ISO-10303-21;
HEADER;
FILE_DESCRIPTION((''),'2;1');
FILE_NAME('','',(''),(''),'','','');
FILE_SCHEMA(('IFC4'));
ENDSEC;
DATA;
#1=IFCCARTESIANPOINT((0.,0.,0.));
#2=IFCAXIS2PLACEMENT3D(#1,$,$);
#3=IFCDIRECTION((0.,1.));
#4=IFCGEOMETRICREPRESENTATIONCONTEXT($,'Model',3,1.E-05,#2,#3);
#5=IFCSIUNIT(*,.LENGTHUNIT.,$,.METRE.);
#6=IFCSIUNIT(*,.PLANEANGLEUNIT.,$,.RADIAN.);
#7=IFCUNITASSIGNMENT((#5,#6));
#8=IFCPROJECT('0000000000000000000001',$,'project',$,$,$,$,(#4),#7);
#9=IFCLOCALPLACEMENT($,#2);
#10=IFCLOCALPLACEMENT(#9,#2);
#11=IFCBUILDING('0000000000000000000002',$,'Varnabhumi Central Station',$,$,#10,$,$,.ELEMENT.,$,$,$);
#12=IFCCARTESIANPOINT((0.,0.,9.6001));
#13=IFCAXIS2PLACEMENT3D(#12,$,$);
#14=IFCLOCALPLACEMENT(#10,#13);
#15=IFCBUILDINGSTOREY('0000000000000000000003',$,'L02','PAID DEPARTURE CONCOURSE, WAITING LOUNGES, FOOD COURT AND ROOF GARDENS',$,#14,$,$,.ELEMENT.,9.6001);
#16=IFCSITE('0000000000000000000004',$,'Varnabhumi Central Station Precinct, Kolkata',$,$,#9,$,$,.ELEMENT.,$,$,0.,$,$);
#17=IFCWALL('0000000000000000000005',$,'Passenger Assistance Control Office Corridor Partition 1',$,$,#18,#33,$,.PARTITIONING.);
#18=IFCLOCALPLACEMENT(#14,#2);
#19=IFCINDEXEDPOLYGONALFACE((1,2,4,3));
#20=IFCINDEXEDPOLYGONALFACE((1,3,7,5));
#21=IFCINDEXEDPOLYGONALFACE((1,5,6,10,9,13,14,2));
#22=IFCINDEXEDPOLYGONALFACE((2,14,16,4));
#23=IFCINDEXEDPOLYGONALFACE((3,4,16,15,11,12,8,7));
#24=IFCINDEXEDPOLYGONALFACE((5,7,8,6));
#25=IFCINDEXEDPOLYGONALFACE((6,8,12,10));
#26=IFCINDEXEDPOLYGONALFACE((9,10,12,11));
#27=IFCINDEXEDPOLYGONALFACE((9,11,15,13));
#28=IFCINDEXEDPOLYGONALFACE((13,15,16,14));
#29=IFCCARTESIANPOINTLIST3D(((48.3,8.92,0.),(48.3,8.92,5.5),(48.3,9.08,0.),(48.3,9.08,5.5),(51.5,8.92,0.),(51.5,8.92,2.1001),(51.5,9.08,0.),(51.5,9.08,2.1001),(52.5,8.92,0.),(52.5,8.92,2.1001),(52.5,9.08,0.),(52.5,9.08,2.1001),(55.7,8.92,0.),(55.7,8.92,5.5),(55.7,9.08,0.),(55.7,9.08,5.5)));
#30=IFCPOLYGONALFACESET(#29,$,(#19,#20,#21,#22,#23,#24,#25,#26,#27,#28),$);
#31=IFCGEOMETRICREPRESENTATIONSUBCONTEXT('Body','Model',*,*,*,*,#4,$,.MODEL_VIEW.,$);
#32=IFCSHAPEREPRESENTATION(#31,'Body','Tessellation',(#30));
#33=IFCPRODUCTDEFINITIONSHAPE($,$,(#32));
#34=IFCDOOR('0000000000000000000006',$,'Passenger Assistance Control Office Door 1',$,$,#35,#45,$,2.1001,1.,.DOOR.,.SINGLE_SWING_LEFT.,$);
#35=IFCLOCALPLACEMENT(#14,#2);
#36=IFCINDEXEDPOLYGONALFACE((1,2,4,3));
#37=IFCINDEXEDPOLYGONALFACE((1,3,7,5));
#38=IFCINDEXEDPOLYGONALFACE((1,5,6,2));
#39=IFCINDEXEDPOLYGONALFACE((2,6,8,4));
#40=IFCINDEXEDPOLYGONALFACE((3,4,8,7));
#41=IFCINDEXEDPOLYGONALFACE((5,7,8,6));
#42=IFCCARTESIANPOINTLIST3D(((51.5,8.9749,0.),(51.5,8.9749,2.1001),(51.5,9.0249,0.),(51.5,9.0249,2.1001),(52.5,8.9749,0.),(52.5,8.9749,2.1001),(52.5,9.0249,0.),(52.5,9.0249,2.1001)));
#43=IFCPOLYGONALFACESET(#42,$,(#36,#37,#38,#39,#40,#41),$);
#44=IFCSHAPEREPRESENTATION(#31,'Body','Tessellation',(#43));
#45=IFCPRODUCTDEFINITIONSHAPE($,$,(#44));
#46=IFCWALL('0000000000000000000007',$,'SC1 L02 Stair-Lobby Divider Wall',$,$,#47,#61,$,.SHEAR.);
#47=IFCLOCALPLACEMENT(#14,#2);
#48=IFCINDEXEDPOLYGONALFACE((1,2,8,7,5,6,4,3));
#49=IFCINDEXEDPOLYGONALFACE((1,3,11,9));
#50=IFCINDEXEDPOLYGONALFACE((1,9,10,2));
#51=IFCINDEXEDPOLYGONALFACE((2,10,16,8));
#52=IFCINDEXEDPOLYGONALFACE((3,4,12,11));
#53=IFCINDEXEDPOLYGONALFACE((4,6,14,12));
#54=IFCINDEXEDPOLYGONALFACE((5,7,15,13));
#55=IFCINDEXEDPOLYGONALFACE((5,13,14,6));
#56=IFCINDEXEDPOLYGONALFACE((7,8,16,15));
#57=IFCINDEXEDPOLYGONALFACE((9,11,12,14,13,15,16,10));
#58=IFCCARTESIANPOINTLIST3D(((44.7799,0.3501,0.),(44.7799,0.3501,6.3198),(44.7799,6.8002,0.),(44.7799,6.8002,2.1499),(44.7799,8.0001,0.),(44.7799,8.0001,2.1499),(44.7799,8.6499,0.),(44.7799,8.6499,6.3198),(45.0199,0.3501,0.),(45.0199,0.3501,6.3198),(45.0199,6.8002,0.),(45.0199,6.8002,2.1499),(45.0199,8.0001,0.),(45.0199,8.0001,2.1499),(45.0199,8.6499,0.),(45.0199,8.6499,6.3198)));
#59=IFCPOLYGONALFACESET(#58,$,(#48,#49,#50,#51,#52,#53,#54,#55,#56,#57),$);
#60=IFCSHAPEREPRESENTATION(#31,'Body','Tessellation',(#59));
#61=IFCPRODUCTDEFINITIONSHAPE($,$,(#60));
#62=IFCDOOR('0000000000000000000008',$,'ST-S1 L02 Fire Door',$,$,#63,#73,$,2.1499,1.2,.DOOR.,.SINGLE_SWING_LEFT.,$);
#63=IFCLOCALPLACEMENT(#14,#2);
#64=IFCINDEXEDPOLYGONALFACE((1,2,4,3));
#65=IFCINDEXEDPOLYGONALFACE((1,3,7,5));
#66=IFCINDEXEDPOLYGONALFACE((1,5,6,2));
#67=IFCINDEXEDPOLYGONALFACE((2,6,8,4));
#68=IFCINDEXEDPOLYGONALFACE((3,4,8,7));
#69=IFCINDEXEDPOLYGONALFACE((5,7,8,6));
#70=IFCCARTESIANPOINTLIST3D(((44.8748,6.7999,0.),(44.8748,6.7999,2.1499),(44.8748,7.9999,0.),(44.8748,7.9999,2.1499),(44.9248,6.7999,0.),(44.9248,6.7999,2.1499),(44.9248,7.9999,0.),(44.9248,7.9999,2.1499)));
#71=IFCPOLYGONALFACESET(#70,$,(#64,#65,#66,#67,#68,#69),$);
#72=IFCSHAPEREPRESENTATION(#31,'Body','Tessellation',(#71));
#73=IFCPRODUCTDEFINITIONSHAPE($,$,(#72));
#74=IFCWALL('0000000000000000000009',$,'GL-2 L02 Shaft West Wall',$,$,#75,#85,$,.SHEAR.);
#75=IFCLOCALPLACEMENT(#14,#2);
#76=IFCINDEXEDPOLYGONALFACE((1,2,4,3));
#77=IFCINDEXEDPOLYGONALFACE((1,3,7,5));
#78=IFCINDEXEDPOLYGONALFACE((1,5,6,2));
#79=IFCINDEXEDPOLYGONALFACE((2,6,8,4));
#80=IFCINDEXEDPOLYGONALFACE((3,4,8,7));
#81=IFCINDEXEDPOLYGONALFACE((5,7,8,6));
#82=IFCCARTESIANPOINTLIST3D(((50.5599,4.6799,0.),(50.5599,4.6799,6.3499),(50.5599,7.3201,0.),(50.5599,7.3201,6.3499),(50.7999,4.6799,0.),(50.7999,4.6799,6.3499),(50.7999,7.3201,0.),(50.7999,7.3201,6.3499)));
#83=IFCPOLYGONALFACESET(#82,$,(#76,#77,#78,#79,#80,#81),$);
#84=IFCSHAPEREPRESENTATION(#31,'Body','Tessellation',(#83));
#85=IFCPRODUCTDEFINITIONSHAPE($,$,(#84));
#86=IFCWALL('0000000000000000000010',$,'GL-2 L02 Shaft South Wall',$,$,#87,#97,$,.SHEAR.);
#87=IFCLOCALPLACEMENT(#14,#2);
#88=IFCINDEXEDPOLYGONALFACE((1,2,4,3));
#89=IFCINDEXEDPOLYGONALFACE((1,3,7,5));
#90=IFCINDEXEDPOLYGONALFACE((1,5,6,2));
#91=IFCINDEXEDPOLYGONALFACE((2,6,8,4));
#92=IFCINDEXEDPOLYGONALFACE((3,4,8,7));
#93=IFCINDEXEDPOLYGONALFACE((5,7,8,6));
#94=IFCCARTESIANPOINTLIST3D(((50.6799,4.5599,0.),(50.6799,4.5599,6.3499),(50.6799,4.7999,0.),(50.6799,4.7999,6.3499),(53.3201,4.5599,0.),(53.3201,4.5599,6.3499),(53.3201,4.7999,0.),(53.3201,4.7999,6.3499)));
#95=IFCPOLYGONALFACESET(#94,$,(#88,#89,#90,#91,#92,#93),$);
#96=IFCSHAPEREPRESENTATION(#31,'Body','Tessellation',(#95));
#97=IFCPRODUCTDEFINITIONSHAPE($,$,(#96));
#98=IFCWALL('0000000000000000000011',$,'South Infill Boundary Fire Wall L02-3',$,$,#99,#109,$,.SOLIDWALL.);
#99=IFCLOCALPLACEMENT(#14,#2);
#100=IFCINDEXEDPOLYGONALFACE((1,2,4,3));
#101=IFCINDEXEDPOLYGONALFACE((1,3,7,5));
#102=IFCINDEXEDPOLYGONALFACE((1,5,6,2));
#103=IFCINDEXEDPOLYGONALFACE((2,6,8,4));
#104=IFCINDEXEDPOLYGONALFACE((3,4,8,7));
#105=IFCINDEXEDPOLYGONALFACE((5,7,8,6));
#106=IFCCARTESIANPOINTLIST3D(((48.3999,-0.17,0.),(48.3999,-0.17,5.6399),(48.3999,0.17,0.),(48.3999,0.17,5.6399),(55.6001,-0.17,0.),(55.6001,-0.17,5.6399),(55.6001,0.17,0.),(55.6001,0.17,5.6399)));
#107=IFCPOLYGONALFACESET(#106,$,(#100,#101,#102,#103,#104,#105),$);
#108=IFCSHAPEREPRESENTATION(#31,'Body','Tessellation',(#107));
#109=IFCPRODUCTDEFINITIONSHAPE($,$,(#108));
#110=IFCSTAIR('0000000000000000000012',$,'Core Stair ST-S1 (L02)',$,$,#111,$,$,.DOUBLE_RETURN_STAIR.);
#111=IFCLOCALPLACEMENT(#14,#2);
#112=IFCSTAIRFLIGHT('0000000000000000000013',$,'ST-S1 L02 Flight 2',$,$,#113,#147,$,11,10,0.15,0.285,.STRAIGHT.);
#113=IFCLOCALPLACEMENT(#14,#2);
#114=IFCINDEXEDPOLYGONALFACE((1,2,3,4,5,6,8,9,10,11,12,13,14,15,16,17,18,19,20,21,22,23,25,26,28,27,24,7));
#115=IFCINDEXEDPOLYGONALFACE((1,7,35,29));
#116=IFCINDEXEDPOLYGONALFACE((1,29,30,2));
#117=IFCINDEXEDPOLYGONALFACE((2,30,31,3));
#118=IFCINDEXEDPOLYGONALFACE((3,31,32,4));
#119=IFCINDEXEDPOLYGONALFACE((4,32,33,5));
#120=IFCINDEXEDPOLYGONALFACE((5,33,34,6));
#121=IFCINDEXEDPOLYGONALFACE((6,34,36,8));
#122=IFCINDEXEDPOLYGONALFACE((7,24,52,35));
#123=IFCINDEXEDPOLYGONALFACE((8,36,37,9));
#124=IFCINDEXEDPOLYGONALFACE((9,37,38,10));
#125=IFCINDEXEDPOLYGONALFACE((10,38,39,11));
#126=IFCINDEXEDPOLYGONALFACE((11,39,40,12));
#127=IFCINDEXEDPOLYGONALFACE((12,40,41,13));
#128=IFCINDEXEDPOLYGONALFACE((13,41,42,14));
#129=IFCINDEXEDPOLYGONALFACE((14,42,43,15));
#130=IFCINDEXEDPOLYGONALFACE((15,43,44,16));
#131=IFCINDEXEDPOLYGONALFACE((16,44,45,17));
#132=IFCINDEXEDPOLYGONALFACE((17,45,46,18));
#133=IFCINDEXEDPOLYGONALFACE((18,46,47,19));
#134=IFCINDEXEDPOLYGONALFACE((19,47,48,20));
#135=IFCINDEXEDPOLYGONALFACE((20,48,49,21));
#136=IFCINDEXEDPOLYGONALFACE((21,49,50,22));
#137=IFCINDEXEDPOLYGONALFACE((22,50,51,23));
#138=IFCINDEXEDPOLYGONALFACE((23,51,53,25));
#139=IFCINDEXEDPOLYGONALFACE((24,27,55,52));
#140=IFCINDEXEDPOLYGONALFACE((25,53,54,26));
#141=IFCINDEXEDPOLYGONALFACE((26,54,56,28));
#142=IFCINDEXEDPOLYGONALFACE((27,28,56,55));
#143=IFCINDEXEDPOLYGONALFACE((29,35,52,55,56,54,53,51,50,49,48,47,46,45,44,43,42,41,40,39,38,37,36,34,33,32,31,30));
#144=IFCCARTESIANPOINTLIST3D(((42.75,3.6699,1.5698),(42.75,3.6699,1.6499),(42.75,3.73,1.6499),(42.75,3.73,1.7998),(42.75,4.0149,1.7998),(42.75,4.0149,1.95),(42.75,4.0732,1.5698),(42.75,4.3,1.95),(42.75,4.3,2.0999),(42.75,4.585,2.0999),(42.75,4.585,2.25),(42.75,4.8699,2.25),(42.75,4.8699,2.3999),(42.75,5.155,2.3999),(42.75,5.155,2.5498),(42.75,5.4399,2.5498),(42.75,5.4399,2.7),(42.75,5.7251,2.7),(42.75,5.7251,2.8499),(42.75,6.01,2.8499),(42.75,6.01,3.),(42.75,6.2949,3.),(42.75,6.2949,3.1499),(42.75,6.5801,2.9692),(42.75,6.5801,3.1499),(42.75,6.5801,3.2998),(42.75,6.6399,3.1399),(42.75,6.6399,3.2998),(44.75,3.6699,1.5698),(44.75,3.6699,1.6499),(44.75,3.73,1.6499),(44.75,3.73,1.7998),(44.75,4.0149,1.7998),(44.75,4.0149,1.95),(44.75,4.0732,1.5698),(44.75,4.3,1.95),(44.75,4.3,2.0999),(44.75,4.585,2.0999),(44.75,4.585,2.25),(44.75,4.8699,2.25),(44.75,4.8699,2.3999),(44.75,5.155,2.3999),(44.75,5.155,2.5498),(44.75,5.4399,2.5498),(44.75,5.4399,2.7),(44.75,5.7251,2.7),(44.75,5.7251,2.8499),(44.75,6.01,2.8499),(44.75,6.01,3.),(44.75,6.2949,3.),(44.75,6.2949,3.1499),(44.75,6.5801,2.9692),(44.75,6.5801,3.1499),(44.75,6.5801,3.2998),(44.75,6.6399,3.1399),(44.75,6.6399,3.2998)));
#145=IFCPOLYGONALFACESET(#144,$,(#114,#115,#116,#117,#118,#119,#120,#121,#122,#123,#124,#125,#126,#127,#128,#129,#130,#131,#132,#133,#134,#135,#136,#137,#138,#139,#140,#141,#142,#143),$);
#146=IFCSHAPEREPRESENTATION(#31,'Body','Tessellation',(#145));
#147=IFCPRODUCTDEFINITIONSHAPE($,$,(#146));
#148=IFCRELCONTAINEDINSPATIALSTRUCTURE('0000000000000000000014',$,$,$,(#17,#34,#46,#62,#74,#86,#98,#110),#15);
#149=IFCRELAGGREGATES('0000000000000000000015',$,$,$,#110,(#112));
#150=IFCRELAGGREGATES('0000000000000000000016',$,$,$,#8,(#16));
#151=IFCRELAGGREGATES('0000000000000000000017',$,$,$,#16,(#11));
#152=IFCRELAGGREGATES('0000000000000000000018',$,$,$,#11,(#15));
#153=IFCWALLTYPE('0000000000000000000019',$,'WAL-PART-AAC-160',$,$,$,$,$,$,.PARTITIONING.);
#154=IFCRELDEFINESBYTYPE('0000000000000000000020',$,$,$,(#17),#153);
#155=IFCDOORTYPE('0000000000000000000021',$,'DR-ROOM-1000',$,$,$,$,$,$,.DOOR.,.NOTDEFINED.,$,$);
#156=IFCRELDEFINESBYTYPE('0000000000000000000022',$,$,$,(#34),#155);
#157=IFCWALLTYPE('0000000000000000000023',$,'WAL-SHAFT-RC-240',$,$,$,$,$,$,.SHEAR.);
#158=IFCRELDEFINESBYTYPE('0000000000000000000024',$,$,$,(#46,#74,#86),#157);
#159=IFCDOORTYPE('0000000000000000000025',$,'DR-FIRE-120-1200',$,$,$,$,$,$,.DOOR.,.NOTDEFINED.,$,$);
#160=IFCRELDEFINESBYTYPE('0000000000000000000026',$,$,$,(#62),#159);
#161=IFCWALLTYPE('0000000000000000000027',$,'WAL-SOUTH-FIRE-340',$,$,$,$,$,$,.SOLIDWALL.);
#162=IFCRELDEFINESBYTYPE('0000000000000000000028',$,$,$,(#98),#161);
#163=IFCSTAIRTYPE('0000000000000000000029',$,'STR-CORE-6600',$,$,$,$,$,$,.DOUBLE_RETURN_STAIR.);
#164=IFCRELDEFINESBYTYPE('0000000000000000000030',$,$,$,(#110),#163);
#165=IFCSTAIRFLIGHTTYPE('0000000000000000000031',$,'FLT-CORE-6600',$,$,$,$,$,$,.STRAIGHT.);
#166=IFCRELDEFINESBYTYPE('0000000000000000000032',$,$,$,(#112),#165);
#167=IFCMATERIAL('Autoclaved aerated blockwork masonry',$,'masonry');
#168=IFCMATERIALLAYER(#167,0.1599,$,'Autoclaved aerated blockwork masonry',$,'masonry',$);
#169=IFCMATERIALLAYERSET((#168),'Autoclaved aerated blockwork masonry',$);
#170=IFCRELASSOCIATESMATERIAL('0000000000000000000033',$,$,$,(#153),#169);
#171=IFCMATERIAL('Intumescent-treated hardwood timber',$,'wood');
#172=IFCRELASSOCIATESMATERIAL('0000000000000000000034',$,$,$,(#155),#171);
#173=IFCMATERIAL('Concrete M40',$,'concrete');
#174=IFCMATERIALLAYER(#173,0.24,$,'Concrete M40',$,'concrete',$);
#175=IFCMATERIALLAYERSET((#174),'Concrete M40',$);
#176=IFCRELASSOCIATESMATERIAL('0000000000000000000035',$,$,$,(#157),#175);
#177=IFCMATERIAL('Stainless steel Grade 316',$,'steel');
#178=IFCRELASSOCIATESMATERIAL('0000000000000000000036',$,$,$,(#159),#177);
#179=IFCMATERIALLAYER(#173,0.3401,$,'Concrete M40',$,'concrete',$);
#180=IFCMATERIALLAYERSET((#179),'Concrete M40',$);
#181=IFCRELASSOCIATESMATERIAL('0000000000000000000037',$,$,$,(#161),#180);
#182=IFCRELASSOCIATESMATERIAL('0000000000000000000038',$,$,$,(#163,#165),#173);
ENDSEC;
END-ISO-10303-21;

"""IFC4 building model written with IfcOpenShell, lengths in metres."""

from ifc_helpers import new_model, si_unit, direction, frame, frame_2d, origin, place, context, subcontext, project, spatial, polyline, rectangle, outline, extrude, material, layer, layer_set, type_object, element, fill, aggregate, save


model = new_model("IFC4")

# Units and contexts
model_context = context("Model", 3, precision=1e-05, world=origin(), true_north=direction((0.0, 1.0)))
body_context = subcontext(model_context, "Body", "Model", "MODEL_VIEW")
ifc_project = project(units=[si_unit("LENGTHUNIT", "METRE"), si_unit("PLANEANGLEUNIT", "RADIAN")], contexts=[model_context])

# Site, building, storey
site_placement = place(None, origin())
site = spatial("IfcSite", under=ifc_project, at=site_placement, Name="Varnabhumi Central Station Precinct, Kolkata", CompositionType="ELEMENT", RefElevation=0.0)
building_placement = place(site_placement, origin())
building = spatial("IfcBuilding", under=site, at=building_placement, Name="Varnabhumi Central Station", CompositionType="ELEMENT")
storey_placement = place(building_placement, frame((0.0, 0.0, 9.6001)))
storey = spatial("IfcBuildingStorey", under=building, at=storey_placement, Name="L02", Description="PAID DEPARTURE CONCOURSE, WAITING LOUNGES, FOOD COURT AND ROOF GARDENS", CompositionType="ELEMENT", Elevation=9.6001)

# Shared definitions
ifc_material_1 = material(Name="Concrete M40", Category="concrete")

# Shared definitions
ifc_material_2 = material(Name="Autoclaved aerated blockwork masonry", Category="masonry")
ifc_layer_1 = layer(ifc_material_2, 0.1599, Name="Autoclaved aerated blockwork masonry", Category="masonry")
ifc_layer_set_1 = layer_set([ifc_layer_1], Name="Autoclaved aerated blockwork masonry")
wall_type_1 = type_object("IfcWallType", Name="WAL-PART-AAC-160", PredefinedType="PARTITIONING", material=ifc_layer_set_1)

# Walls, openings, doors
wall_1_placement = place(storey_placement, frame((48.3, 9.0, 0.0), z_axis=(0.0, 0.0, 1.0), x_axis=(1.0, 0.0, 0.0)))
wall_1 = element("IfcWall", 1, at=wall_1_placement, inside=storey, type_object=wall_type_1, Name="Passenger Assistance Control Office Corridor Partition 1", PredefinedType="PARTITIONING", context=body_context, shape_type="SweptSolid", body=[
    extrude(rectangle(XDim=7.3999, YDim=0.1599, at=frame_2d((3.7, 0.0))), origin(), (0.0, 0.0, 1.0), 5.5),
])
opening_1_placement = place(wall_1_placement, frame((3.2, 0.0, 0.0)))
opening_1 = element("IfcOpeningElement", 2, at=opening_1_placement, cuts=wall_1, PredefinedType="OPENING", context=body_context, shape_type="SweptSolid", body=[
    extrude(rectangle(XDim=1.0, YDim=2.1001, at=frame_2d((0.5, 1.05))), frame((0.0, 0.0898, 0.0), z_axis=(0.0, -1.0, 0.0), x_axis=(1.0, 0.0, 0.0)), (0.0, 0.0, 1.0), 0.1799),
])
ifc_material_3 = material(Name="Intumescent-treated hardwood timber", Category="wood")
door_type_1 = type_object("IfcDoorType", Name="DR-ROOM-1000", OperationType="NOTDEFINED", PredefinedType="DOOR", material=ifc_material_3)
door_1_placement = place(opening_1_placement, origin())
door_1 = element("IfcDoor", 3, at=door_1_placement, inside=storey, type_object=door_type_1, Name="Passenger Assistance Control Office Door 1", OperationType="SINGLE_SWING_LEFT", OverallHeight=2.1001, OverallWidth=1.0, PredefinedType="DOOR", context=body_context, shape_type="SweptSolid", body=[
    extrude(rectangle(XDim=1.0, YDim=2.1001, at=frame_2d((0.5, 1.05))), frame((0.0, 0.0249, 0.0), z_axis=(0.0, -1.0, 0.0), x_axis=(1.0, 0.0, 0.0)), (0.0, 0.0, 1.0), 0.05),
])
fill(opening_1, door_1)
ifc_layer_2 = layer(ifc_material_1, 0.24, Name="Concrete M40", Category="concrete")
ifc_layer_set_2 = layer_set([ifc_layer_2], Name="Concrete M40")
wall_type_2 = type_object("IfcWallType", Name="WAL-SHAFT-RC-240", PredefinedType="SHEAR", material=ifc_layer_set_2)
wall_2_placement = place(storey_placement, frame((44.8999, 0.3501, 0.0), z_axis=(0.0, 0.0, 1.0), x_axis=(0.0, 1.0, 0.0)))
wall_2 = element("IfcWall", 4, at=wall_2_placement, inside=storey, type_object=wall_type_2, Name="SC1 L02 Stair-Lobby Divider Wall", PredefinedType="SHEAR", context=body_context, shape_type="SweptSolid", body=[
    extrude(rectangle(XDim=8.2998, YDim=0.24, at=frame_2d((4.1499, 0.0))), origin(), (0.0, 0.0, 1.0), 6.3198),
])
opening_2_placement = place(wall_2_placement, frame((6.45, 0.0, 0.0)))
opening_2 = element("IfcOpeningElement", 5, at=opening_2_placement, cuts=wall_2, PredefinedType="OPENING", context=body_context, shape_type="SweptSolid", body=[
    extrude(rectangle(XDim=1.2, YDim=2.1499, at=frame_2d((0.6001, 1.075))), frame((0.0, 0.1299, 0.0), z_axis=(0.0, -1.0, 0.0), x_axis=(1.0, 0.0, 0.0)), (0.0, 0.0, 1.0), 0.26),
])
ifc_material_4 = material(Name="Stainless steel Grade 316", Category="steel")
door_type_2 = type_object("IfcDoorType", Name="DR-FIRE-120-1200", OperationType="NOTDEFINED", PredefinedType="DOOR", material=ifc_material_4)
door_2_placement = place(opening_2_placement, frame((1.2, 0.0, 0.0), z_axis=(0.0, 0.0, 1.0), x_axis=(-1.0, 0.0, 0.0)))
door_2 = element("IfcDoor", 6, at=door_2_placement, inside=storey, type_object=door_type_2, Name="ST-S1 L02 Fire Door", OperationType="SINGLE_SWING_LEFT", OverallHeight=2.1499, OverallWidth=1.2, PredefinedType="DOOR", context=body_context, shape_type="SweptSolid", body=[
    extrude(rectangle(XDim=1.2, YDim=2.1499, at=frame_2d((0.6001, 1.075))), frame((0.0, 0.0249, 0.0), z_axis=(0.0, -1.0, 0.0), x_axis=(1.0, 0.0, 0.0)), (0.0, 0.0, 1.0), 0.05),
])
fill(opening_2, door_2)

# Walls
for number, where, z_axis, x_axis, name in (
    (7, (50.6799, 4.6799, 0.0), (0.0, 0.0, 1.0), (0.0, 1.0, 0.0), "GL-2 L02 Shaft West Wall"),
    (8, (50.6799, 4.6799, 0.0), (0.0, 0.0, 1.0), (1.0, 0.0, 0.0), "GL-2 L02 Shaft South Wall"),
):
    element("IfcWall", number, at=place(storey_placement, frame(where, z_axis=z_axis, x_axis=x_axis)), inside=storey, type_object=wall_type_2, Name=name, PredefinedType="SHEAR", context=body_context, shape_type="SweptSolid", body=[
        extrude(rectangle(XDim=2.6401, YDim=0.24, at=frame_2d((1.3201, 0.0))), origin(), (0.0, 0.0, 1.0), 6.3499),
    ])
ifc_layer_3 = layer(ifc_material_1, 0.3401, Name="Concrete M40", Category="concrete")
ifc_layer_set_3 = layer_set([ifc_layer_3], Name="Concrete M40")
wall_type_3 = type_object("IfcWallType", Name="WAL-SOUTH-FIRE-340", PredefinedType="SOLIDWALL", material=ifc_layer_set_3)
wall_3_placement = place(storey_placement, frame((48.3999, 0.0, 0.0), z_axis=(0.0, 0.0, 1.0), x_axis=(1.0, 0.0, 0.0)))
element("IfcWall", 9, at=wall_3_placement, inside=storey, type_object=wall_type_3, Name="South Infill Boundary Fire Wall L02-3", PredefinedType="SOLIDWALL", context=body_context, shape_type="SweptSolid", body=[
    extrude(rectangle(XDim=7.2002, YDim=0.3401, at=frame_2d((3.6001, 0.0))), origin(), (0.0, 0.0, 1.0), 5.6399),
])

# Stair, stair flight
stair_type = type_object("IfcStairType", Name="STR-CORE-6600", PredefinedType="DOUBLE_RETURN_STAIR", material=ifc_material_1)
stair_placement = place(storey_placement, origin())
stair = element("IfcStair", 10, at=stair_placement, inside=storey, type_object=stair_type, Name="Core Stair ST-S1 (L02)", PredefinedType="DOUBLE_RETURN_STAIR")
stair_flight_type = type_object("IfcStairFlightType", Name="FLT-CORE-6600", PredefinedType="STRAIGHT", material=ifc_material_1)
stair_flight_1_placement = place(storey_placement, frame((43.75, 3.73, 1.6499), z_axis=(0.0, 0.0, 1.0), x_axis=(0.0, 1.0, 0.0)))
stair_flight_1 = element("IfcStairFlight", 11, at=stair_flight_1_placement, type_object=stair_flight_type, Name="ST-S1 L02 Flight 2", NumberOfRisers=11, NumberOfTreads=10, PredefinedType="STRAIGHT", RiserHeight=0.15, TreadLength=0.285, context=body_context, shape_type="SweptSolid", body=[
    extrude(outline(polyline([(-0.0601, -0.0801), (-0.0601, 0.0), (0.0, 0.0), (0.0, 0.1499), (0.2849, 0.1499), (0.2849, 0.3), (0.5701, 0.3), (0.5701, 0.45), (0.855, 0.45), (0.855, 0.6001), (1.1399, 0.6001), (1.1399, 0.75), (1.425, 0.75), (1.425, 0.8999), (1.71, 0.8999), (1.71, 1.05), (1.9951, 1.05), (1.9951, 1.2), (2.28, 1.2), (2.28, 1.3501), (2.5649, 1.3501), (2.5649, 1.5), (2.8501, 1.5), (2.8501, 1.6499), (2.9099, 1.6499), (2.9099, 1.49), (2.8501, 1.3193), (0.3433, -0.0801), (-0.0601, -0.0801)])), frame((0.0, 1.0, 0.0), z_axis=(0.0, -1.0, 0.0), x_axis=(1.0, 0.0, 0.0)), (0.0, 0.0, 1.0), 2.0),
])
aggregate(stair, [stair_flight_1])

save(model, "model.ifc")
